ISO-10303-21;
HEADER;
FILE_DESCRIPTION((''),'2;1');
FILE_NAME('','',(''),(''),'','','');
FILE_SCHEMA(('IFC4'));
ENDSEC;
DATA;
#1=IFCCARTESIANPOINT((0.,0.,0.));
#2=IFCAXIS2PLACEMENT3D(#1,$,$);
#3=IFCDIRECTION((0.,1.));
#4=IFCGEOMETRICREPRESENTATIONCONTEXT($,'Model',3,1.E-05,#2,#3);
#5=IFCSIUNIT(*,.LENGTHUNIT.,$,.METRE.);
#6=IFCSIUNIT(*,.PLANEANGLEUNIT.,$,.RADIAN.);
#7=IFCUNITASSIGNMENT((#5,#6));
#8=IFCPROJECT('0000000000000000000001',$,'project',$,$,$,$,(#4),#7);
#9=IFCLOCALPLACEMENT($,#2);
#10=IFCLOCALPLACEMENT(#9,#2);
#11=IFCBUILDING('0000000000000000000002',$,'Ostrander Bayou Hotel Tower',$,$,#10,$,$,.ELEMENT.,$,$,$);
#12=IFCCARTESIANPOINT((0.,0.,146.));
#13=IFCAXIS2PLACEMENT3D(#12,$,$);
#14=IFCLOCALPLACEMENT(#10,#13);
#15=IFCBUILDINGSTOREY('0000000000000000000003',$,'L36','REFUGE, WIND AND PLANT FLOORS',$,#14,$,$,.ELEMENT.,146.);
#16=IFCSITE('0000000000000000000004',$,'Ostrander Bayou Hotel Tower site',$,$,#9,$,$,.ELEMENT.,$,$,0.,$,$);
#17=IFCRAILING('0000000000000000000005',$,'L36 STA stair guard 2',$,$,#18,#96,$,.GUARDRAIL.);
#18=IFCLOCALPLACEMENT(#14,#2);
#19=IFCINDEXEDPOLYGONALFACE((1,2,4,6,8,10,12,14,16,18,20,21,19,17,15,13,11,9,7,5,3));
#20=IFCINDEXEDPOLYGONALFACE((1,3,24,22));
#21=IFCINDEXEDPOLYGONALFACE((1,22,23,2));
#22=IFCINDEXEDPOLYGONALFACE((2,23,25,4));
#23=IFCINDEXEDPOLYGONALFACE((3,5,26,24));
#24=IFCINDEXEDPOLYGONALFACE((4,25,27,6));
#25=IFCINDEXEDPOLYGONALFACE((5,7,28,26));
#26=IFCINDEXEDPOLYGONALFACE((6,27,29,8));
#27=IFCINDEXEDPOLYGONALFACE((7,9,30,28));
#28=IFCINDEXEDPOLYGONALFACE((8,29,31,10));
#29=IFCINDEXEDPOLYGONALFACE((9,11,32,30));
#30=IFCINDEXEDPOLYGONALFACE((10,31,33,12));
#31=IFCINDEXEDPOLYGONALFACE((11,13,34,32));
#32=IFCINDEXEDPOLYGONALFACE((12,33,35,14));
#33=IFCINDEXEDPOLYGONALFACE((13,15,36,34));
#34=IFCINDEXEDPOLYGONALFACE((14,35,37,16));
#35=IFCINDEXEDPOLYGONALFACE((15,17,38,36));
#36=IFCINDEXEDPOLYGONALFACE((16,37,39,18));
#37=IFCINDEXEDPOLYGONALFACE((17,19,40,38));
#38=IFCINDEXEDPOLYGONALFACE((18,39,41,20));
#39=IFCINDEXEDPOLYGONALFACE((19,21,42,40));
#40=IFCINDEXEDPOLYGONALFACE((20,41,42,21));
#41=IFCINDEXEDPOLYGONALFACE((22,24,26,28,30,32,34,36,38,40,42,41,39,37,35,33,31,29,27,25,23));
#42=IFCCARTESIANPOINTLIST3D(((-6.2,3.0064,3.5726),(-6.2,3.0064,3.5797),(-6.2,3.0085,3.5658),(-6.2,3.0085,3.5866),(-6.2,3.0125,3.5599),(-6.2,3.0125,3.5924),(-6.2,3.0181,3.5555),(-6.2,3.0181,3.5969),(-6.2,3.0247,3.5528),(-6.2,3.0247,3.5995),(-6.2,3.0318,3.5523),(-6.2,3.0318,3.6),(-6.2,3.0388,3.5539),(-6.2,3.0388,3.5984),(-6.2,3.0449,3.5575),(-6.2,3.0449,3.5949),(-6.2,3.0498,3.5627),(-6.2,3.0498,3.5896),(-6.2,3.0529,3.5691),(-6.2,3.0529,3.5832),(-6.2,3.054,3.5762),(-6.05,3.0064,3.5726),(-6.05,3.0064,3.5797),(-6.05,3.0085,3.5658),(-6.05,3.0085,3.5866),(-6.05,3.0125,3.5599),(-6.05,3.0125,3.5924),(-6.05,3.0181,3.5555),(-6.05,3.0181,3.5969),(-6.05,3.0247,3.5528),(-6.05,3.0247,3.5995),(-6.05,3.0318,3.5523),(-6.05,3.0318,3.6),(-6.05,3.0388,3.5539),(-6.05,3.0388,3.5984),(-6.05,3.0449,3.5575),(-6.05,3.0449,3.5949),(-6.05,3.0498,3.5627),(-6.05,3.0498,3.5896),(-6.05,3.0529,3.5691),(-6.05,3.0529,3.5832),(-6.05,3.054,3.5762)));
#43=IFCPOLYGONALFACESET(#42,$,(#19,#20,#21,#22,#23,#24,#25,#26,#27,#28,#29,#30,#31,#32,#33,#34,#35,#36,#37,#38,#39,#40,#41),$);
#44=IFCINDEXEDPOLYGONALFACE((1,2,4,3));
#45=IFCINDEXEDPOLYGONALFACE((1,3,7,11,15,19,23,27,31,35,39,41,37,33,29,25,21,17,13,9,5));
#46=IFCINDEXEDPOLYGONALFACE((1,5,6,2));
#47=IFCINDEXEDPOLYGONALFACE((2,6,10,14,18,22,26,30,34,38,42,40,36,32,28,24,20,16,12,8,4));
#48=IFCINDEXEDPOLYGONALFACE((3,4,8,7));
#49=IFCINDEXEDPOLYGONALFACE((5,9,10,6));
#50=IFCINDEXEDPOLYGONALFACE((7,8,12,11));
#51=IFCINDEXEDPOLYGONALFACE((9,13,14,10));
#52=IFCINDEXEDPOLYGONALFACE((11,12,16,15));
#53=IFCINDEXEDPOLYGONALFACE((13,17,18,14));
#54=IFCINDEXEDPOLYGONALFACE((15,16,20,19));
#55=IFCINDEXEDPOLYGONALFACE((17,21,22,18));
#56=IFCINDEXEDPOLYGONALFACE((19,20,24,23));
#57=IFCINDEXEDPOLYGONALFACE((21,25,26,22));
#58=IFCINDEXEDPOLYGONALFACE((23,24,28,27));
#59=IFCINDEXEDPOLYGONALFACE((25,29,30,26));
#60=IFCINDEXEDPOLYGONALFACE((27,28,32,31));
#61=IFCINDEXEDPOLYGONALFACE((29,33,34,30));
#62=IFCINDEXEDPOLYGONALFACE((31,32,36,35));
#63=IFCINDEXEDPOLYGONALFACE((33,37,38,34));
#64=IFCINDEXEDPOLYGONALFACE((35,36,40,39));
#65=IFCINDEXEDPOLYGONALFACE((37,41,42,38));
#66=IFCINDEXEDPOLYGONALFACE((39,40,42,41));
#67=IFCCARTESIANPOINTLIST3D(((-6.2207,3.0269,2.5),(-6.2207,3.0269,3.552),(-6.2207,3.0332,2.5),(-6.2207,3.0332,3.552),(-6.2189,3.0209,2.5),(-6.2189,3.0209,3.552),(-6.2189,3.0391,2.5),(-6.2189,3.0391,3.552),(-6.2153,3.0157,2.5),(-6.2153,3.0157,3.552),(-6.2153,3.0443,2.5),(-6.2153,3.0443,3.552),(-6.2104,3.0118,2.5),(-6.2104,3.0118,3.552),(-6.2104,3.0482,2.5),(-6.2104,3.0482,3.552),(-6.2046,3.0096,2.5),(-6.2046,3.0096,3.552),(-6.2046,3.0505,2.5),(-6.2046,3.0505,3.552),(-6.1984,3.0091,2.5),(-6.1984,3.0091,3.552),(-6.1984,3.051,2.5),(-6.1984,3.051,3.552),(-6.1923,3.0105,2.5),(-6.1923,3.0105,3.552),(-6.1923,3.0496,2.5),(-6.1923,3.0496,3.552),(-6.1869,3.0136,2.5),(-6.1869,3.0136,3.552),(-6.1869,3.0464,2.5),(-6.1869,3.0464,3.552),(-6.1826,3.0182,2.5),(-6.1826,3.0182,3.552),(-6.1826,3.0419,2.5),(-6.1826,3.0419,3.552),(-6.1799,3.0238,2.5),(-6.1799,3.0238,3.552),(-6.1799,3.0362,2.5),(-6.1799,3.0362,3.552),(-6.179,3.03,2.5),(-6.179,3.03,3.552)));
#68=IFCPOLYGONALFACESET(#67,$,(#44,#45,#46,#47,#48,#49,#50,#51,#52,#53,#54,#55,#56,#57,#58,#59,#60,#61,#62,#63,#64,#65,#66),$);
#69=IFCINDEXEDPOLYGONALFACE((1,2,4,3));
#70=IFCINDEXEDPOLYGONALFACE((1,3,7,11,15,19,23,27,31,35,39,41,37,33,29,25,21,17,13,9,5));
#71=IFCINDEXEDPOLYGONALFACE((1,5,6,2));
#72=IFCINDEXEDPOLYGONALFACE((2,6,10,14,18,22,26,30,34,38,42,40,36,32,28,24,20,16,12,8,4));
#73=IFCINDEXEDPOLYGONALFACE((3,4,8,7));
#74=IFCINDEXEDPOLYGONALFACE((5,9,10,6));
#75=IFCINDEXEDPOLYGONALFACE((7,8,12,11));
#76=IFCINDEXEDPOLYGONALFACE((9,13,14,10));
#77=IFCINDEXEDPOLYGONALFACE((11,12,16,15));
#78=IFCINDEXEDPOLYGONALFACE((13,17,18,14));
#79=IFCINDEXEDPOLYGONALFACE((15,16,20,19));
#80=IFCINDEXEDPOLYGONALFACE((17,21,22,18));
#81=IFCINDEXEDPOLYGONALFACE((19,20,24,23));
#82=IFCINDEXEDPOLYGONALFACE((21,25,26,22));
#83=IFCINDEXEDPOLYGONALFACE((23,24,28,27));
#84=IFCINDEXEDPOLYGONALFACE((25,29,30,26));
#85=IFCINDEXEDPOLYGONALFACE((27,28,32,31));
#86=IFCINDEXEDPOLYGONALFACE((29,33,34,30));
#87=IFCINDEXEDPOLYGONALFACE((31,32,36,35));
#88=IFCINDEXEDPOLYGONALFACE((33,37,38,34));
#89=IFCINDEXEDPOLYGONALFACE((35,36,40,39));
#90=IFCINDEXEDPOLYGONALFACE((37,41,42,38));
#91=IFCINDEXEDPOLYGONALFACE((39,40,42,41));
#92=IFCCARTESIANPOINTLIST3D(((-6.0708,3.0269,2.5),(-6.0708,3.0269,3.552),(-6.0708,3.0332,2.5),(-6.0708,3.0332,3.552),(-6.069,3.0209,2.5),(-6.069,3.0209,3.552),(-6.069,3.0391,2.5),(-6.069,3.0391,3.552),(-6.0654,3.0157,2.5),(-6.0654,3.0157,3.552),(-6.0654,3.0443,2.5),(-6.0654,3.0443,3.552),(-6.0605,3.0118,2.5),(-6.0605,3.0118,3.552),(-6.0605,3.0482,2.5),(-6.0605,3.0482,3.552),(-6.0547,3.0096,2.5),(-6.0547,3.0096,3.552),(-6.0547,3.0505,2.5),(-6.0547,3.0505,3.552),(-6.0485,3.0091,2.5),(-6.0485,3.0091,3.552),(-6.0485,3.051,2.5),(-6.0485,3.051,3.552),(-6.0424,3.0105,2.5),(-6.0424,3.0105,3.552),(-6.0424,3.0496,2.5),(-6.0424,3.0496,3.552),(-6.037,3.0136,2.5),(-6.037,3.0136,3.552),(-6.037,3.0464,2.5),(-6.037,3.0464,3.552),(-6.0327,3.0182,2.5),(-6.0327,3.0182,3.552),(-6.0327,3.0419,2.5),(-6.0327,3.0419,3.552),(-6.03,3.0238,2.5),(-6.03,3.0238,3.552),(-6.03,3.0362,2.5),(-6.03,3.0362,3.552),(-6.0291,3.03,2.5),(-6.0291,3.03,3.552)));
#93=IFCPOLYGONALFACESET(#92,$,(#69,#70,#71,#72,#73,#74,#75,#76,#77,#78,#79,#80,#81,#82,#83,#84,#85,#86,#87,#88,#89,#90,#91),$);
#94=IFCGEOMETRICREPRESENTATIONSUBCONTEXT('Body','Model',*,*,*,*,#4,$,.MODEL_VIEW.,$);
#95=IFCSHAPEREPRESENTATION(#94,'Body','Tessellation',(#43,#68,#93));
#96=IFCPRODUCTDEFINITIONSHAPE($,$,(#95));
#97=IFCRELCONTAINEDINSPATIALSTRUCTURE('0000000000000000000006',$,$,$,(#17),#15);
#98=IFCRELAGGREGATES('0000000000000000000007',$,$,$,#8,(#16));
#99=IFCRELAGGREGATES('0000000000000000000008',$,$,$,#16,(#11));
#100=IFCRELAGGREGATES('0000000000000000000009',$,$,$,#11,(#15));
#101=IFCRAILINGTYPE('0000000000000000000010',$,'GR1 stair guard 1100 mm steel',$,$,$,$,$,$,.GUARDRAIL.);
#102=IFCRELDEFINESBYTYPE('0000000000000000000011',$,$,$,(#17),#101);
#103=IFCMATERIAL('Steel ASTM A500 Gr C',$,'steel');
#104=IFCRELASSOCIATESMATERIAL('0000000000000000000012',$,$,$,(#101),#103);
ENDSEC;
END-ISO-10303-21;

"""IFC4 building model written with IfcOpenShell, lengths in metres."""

from ifc_helpers import new_model, si_unit, direction, frame, origin, origin_2d, place, context, subcontext, project, spatial, circle, extrude, material, type_object, element, save


model = new_model("IFC4")

# Units and contexts
model_context = context("Model", 3, precision=1e-05, world=origin(), true_north=direction((0.0, 1.0)))
body_context = subcontext(model_context, "Body", "Model", "MODEL_VIEW")
ifc_project = project(units=[si_unit("LENGTHUNIT", "METRE"), si_unit("PLANEANGLEUNIT", "RADIAN")], contexts=[model_context])

# Site, building, storey
site_placement = place(None, origin())
site = spatial("IfcSite", under=ifc_project, at=site_placement, Name="Ostrander Bayou Hotel Tower site", CompositionType="ELEMENT", RefElevation=0.0)
building_placement = place(site_placement, origin())
building = spatial("IfcBuilding", under=site, at=building_placement, Name="Ostrander Bayou Hotel Tower", CompositionType="ELEMENT")
storey_placement = place(building_placement, frame((0.0, 0.0, 146.0)))
storey = spatial("IfcBuildingStorey", under=building, at=storey_placement, Name="L36", Description="REFUGE, WIND AND PLANT FLOORS", CompositionType="ELEMENT", Elevation=146.0)

# Railing
ifc_material_1 = material(Name="Steel ASTM A500 Gr C", Category="steel")
railing_type_1 = type_object("IfcRailingType", Name="GR1 stair guard 1100 mm steel", PredefinedType="GUARDRAIL", material=ifc_material_1)
railing_1_placement = place(storey_placement, frame((-6.2, 3.03, 2.5)))
element("IfcRailing", 1, at=railing_1_placement, inside=storey, type_object=railing_type_1, Name="L36 STA stair guard 2", PredefinedType="GUARDRAIL", context=body_context, shape_type="SweptSolid", body=[
    extrude(circle(Radius=0.0239, at=origin_2d()), frame((0.0, 0.0, 1.0762), z_axis=(1.0, 0.0, 0.0), x_axis=(0.0, 1.0, 0.0)), (0.0, 0.0, 1.0), 0.1499),
    extrude(circle(Radius=0.021, at=origin_2d()), origin(), (0.0, 0.0, 1.0), 1.052),
    extrude(circle(Radius=0.021, at=origin_2d()), frame((0.1499, 0.0, 0.0)), (0.0, 0.0, 1.0), 1.052),
])

save(model, "model.ifc")
